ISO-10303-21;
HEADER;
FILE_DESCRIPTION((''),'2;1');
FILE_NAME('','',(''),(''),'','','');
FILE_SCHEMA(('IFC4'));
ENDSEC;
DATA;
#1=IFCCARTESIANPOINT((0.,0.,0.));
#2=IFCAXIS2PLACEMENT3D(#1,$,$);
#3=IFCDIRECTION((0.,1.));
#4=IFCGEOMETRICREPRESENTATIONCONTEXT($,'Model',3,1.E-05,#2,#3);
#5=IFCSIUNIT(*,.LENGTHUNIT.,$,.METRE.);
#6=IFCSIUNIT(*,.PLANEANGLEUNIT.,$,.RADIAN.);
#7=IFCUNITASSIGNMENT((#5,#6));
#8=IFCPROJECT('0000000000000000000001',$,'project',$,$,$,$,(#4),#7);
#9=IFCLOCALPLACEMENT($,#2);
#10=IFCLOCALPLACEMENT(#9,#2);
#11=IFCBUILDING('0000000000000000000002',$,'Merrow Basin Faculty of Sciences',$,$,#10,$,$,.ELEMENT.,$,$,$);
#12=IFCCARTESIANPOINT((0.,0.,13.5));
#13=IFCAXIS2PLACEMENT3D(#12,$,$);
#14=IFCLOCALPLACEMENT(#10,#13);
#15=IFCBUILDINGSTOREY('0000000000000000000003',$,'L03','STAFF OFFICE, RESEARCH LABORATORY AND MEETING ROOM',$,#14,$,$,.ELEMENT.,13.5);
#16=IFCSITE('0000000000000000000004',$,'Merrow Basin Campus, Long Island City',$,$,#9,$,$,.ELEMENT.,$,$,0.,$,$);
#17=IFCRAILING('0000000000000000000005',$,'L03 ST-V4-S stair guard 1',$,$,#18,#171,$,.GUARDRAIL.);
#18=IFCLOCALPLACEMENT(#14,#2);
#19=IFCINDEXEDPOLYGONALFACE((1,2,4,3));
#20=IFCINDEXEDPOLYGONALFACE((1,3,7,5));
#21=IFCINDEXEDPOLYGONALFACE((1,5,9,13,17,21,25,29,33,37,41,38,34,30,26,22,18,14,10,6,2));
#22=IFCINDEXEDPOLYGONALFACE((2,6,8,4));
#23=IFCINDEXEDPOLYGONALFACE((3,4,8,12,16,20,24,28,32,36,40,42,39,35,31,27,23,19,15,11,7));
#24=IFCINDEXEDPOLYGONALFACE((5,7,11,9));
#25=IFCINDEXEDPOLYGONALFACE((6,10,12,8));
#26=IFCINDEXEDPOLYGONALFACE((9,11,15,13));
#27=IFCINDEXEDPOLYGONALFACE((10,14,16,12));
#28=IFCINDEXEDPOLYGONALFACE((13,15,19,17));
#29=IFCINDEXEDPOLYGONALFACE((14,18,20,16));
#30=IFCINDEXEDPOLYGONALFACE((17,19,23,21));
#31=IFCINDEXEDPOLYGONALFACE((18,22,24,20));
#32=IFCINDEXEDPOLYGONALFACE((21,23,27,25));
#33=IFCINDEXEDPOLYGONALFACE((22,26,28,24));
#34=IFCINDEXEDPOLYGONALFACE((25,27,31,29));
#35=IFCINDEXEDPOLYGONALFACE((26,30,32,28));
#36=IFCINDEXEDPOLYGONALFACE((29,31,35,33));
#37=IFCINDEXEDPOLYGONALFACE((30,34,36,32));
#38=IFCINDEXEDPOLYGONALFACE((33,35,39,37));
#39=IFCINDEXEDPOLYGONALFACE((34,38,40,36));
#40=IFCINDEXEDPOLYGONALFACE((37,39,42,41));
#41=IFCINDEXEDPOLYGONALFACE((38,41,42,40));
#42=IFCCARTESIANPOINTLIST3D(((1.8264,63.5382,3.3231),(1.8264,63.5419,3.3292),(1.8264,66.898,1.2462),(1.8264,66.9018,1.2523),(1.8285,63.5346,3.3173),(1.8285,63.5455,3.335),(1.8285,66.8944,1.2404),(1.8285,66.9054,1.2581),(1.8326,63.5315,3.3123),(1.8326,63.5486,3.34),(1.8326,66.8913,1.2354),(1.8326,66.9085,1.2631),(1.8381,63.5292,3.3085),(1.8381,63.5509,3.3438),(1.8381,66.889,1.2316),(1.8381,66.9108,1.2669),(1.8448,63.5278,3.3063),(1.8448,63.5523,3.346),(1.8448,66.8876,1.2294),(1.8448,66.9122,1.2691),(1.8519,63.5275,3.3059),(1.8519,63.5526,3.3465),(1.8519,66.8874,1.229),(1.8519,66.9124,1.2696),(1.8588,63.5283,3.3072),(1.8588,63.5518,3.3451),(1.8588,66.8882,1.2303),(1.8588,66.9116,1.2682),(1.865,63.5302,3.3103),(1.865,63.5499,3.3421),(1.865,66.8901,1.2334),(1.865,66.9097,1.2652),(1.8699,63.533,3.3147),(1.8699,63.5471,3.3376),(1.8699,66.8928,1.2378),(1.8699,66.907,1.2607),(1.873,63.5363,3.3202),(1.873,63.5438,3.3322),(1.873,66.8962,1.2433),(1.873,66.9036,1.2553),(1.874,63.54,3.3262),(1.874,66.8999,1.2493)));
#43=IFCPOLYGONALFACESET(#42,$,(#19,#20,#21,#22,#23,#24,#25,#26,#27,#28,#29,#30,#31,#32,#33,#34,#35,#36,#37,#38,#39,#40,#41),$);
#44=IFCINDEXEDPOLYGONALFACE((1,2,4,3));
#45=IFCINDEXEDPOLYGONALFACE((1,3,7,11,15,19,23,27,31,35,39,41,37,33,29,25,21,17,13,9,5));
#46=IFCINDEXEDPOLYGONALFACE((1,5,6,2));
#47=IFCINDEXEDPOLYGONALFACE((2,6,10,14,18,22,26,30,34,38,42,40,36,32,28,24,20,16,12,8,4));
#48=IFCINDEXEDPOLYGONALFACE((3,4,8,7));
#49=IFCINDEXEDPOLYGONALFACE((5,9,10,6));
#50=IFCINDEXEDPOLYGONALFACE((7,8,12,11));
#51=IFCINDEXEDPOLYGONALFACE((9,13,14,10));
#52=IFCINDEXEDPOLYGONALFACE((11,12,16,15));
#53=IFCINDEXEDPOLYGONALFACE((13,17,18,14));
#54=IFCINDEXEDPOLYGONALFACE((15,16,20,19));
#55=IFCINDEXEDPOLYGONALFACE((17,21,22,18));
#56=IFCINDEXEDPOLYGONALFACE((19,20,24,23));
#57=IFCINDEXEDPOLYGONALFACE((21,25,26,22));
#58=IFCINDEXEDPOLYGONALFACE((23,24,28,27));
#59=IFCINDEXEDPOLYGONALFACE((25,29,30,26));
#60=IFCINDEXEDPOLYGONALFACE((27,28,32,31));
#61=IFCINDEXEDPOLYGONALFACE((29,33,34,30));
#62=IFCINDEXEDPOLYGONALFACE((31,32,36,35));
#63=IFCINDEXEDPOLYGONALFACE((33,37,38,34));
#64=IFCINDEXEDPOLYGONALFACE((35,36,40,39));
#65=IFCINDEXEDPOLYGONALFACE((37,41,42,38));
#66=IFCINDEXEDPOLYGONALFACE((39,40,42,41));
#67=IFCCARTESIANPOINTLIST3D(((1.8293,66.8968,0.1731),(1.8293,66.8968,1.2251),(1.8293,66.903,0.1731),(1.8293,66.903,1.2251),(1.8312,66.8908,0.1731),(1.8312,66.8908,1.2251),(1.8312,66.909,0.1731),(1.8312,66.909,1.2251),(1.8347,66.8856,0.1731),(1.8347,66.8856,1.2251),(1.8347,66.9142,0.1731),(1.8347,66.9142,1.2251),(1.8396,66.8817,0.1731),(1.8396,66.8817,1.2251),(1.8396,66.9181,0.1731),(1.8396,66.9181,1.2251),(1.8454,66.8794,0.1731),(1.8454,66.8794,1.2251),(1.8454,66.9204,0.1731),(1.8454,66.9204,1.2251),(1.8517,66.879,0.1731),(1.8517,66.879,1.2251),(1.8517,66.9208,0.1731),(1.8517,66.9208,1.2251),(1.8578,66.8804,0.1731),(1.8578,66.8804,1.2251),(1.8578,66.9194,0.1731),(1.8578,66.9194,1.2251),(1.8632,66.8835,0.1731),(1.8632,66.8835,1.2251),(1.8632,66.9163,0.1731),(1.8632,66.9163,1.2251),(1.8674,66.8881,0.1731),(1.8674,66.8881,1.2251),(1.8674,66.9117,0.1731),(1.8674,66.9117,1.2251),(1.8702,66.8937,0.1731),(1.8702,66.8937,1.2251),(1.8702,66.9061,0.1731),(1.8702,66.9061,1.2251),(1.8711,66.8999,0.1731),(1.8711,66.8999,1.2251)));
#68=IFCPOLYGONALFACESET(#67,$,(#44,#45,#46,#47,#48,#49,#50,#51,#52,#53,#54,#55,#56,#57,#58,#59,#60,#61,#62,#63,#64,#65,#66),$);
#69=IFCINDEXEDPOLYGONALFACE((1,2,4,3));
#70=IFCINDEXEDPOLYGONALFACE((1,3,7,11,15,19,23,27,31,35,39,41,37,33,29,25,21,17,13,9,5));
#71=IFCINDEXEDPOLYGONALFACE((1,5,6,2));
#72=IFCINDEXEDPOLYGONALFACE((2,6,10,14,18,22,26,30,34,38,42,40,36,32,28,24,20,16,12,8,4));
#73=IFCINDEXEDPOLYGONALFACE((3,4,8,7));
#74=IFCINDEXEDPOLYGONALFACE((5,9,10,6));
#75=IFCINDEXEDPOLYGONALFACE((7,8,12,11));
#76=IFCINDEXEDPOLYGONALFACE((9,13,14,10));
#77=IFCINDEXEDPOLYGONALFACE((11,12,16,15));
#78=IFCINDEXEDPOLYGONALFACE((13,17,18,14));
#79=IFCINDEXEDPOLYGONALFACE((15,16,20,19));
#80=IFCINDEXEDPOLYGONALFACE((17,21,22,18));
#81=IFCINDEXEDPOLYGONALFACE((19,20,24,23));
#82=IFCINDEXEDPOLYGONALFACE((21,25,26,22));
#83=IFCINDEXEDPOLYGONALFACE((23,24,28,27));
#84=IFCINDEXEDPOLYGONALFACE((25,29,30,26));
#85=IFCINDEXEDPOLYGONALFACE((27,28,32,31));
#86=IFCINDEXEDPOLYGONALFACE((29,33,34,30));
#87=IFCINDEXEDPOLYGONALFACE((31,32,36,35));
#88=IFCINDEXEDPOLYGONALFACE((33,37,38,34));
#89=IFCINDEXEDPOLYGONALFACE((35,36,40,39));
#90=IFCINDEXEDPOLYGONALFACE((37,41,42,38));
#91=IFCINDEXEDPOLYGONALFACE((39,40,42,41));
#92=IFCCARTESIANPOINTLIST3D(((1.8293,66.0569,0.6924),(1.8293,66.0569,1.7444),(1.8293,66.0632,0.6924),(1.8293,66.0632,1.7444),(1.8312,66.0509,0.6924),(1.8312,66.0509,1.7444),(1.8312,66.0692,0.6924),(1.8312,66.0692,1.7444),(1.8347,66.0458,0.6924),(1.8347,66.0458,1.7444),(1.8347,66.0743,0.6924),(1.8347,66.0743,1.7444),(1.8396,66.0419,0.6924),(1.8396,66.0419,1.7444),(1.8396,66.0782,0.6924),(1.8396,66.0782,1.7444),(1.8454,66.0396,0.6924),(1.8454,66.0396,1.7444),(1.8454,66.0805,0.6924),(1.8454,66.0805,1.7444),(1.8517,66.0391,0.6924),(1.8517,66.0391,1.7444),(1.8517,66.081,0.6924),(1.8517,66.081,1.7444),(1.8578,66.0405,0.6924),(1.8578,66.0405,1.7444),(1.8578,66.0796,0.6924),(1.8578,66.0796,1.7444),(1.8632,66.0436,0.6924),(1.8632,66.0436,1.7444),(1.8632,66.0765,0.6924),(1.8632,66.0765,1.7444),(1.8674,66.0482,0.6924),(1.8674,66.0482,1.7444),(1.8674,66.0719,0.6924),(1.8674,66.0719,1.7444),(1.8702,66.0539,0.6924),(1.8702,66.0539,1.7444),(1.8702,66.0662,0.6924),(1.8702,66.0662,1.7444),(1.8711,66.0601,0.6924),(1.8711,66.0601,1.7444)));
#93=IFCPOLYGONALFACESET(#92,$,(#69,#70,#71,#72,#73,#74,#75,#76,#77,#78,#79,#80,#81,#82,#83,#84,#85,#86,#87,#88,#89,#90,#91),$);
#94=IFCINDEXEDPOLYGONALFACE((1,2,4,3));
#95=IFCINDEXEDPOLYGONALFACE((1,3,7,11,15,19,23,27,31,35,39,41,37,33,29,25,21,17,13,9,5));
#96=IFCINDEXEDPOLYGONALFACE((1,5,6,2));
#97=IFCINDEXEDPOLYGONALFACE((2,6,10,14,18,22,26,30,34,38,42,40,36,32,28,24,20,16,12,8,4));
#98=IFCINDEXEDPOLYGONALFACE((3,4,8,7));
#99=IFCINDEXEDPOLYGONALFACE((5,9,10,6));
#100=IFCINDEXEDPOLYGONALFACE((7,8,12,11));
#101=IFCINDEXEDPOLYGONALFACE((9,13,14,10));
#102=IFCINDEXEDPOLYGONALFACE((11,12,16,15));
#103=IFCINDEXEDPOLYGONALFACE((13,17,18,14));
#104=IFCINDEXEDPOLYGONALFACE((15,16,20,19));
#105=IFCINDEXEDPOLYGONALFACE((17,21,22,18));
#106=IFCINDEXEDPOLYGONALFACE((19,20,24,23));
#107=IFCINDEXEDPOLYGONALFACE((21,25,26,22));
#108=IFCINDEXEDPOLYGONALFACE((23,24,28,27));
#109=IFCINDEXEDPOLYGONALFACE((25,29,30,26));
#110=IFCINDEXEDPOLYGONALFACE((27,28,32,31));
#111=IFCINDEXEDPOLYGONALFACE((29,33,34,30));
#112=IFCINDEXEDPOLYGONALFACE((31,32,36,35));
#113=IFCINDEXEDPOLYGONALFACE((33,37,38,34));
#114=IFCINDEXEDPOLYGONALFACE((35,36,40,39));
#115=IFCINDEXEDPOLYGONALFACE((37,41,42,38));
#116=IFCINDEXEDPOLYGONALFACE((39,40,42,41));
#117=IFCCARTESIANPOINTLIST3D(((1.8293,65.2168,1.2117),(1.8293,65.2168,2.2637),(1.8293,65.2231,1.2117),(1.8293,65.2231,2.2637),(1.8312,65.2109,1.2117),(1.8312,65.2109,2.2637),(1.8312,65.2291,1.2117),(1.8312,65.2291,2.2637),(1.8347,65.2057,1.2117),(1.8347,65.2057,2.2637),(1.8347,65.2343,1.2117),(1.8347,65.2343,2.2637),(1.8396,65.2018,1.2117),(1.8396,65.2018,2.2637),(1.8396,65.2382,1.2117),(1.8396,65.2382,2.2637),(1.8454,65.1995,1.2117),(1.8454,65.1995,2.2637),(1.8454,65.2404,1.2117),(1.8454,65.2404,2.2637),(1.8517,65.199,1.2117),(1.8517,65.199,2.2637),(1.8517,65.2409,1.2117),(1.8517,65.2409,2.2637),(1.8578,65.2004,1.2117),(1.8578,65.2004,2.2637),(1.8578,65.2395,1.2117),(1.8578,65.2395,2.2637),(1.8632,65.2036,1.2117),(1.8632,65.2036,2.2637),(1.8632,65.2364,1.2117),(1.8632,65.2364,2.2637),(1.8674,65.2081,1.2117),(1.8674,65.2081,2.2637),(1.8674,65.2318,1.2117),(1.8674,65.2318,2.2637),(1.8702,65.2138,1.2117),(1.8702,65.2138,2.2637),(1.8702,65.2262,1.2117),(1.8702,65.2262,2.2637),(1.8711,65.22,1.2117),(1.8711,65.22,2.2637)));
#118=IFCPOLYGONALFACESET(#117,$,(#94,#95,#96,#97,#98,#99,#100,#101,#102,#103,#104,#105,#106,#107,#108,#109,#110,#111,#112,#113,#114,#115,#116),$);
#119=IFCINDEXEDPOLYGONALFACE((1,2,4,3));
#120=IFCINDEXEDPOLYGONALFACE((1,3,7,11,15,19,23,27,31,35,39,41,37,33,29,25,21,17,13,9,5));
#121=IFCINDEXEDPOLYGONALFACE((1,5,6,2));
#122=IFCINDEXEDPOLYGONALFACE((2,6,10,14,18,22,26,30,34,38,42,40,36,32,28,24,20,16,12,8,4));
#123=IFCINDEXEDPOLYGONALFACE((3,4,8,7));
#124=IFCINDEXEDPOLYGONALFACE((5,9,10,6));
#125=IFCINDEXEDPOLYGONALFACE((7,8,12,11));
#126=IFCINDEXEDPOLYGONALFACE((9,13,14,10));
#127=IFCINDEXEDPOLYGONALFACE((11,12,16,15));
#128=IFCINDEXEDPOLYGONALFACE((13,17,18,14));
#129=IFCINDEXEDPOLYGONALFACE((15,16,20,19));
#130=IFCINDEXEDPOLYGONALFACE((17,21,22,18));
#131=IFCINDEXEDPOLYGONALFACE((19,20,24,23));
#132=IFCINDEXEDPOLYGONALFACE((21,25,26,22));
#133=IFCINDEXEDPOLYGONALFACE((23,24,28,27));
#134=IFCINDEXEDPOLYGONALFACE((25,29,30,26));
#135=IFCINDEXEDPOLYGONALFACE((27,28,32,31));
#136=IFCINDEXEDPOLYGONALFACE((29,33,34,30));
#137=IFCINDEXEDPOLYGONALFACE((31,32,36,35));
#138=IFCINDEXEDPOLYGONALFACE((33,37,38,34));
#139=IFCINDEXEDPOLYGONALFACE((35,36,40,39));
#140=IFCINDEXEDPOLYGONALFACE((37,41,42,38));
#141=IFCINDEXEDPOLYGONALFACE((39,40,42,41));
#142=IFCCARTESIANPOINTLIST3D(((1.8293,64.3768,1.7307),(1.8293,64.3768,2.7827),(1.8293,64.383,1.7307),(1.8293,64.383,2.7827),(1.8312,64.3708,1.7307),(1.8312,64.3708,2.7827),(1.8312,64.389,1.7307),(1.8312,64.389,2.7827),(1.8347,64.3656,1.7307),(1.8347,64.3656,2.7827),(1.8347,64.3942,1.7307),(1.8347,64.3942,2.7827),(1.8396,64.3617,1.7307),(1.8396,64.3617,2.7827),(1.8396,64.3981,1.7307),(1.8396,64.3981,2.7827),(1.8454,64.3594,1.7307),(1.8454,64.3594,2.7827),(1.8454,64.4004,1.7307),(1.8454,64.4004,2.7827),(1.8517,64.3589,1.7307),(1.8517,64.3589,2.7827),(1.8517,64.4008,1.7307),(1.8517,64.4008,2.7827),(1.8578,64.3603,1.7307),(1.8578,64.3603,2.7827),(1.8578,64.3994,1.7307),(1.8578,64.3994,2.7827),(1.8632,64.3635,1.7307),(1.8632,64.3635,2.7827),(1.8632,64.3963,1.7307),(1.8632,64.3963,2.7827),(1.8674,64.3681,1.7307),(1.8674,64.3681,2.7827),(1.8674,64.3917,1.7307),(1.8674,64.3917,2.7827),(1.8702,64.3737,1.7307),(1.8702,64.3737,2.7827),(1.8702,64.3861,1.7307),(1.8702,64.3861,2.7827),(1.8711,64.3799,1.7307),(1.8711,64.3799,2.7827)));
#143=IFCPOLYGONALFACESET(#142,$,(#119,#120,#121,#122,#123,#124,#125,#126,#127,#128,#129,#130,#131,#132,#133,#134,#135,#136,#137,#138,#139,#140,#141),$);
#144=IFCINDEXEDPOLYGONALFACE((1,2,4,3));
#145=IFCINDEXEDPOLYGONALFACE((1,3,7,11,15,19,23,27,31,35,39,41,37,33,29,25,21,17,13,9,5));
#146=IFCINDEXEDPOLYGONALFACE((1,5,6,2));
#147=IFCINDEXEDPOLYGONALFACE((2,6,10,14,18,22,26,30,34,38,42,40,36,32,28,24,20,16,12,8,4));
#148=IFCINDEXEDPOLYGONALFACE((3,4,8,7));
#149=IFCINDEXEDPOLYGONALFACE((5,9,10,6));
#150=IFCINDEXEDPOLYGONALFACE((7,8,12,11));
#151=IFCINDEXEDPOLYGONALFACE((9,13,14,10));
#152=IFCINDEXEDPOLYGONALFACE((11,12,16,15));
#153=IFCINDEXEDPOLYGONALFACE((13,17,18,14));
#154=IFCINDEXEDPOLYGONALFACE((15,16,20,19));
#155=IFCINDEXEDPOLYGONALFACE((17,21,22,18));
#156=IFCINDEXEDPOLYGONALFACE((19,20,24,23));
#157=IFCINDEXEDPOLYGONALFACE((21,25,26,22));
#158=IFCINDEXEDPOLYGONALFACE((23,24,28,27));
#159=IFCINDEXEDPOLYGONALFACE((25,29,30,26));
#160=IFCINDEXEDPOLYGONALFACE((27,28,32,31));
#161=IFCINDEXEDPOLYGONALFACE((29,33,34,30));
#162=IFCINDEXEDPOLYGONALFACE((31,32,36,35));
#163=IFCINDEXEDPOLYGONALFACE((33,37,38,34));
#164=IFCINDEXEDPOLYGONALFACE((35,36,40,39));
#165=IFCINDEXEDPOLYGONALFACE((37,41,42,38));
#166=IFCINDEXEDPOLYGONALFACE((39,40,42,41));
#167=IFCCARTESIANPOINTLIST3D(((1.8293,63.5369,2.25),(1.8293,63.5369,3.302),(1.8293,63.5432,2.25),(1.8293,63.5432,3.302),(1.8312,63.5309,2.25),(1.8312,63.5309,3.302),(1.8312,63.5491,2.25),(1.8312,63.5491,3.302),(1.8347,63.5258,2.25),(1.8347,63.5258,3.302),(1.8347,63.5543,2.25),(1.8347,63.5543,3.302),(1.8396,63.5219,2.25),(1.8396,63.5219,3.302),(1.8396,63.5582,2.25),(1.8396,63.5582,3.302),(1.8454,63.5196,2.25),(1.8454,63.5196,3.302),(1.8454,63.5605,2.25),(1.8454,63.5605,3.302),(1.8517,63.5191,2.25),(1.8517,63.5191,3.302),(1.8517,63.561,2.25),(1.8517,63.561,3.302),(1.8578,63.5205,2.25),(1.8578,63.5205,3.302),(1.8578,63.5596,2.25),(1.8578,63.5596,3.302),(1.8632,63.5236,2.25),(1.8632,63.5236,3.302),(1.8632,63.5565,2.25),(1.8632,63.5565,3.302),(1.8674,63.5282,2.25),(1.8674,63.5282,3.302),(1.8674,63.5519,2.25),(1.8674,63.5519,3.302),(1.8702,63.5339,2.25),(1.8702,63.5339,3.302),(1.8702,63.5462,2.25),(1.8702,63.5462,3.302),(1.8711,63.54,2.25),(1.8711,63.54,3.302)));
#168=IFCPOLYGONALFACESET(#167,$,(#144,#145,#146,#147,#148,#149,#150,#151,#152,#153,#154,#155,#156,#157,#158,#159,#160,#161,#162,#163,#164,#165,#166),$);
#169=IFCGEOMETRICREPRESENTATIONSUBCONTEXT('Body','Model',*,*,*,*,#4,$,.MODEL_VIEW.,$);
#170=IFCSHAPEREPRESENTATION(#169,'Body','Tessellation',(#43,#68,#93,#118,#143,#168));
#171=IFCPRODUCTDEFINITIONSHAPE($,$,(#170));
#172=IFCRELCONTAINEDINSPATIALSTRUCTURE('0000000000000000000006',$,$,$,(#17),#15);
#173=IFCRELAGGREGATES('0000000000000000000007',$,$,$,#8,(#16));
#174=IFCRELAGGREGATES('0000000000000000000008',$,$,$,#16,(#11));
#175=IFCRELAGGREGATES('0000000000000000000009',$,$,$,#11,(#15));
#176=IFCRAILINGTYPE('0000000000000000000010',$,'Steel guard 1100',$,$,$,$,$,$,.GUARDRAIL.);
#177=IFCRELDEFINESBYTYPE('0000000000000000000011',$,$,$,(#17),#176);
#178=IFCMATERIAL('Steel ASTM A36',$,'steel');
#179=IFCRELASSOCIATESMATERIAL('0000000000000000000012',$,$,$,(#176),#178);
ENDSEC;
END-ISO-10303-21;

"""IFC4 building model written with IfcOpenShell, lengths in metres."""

from ifc_helpers import new_model, si_unit, direction, frame, origin, origin_2d, place, context, subcontext, project, spatial, circle, extrude, material, type_object, element, save


model = new_model("IFC4")

# Units and contexts
model_context = context("Model", 3, precision=1e-05, world=origin(), true_north=direction((0.0, 1.0)))
body_context = subcontext(model_context, "Body", "Model", "MODEL_VIEW")
ifc_project = project(units=[si_unit("LENGTHUNIT", "METRE"), si_unit("PLANEANGLEUNIT", "RADIAN")], contexts=[model_context])

# Site, building, storey
site_placement = place(None, origin())
site = spatial("IfcSite", under=ifc_project, at=site_placement, Name="Merrow Basin Campus, Long Island City", CompositionType="ELEMENT", RefElevation=0.0)
building_placement = place(site_placement, origin())
building = spatial("IfcBuilding", under=site, at=building_placement, Name="Merrow Basin Faculty of Sciences", CompositionType="ELEMENT")
storey_placement = place(building_placement, frame((0.0, 0.0, 13.5)))
storey = spatial("IfcBuildingStorey", under=building, at=storey_placement, Name="L03", Description="STAFF OFFICE, RESEARCH LABORATORY AND MEETING ROOM", CompositionType="ELEMENT", Elevation=13.5)

# Railing
ifc_material_1 = material(Name="Steel ASTM A36", Category="steel")
railing_type_1 = type_object("IfcRailingType", Name="Steel guard 1100", PredefinedType="GUARDRAIL", material=ifc_material_1)
railing_1_placement = place(storey_placement, frame((1.8501, 66.8999, 0.1731)))
element("IfcRailing", 1, at=railing_1_placement, inside=storey, type_object=railing_type_1, Name="L03 ST-V4-S stair guard 1", PredefinedType="GUARDRAIL", context=body_context, shape_type="SweptSolid", body=[
    extrude(circle(Radius=0.0239, at=origin_2d()), frame((0.0, 0.0, 1.0762), z_axis=(0.0, -0.850606, 0.525803), x_axis=(1.0, 0.0, 0.0)), (0.0, 0.0, 1.0), 3.95),
    extrude(circle(Radius=0.021, at=origin_2d()), origin(), (0.0, 0.0, 1.0), 1.052),
    extrude(circle(Radius=0.021, at=origin_2d()), frame((0.0, -0.8398, 0.5193)), (0.0, 0.0, 1.0), 1.052),
    extrude(circle(Radius=0.021, at=origin_2d()), frame((0.0, -1.6799, 1.0386)), (0.0, 0.0, 1.0), 1.052),
    extrude(circle(Radius=0.021, at=origin_2d()), frame((0.0, -2.52, 1.5576)), (0.0, 0.0, 1.0), 1.052),
    extrude(circle(Radius=0.021, at=origin_2d()), frame((0.0, -3.3599, 2.0769)), (0.0, 0.0, 1.0), 1.052),
])

save(model, "model.ifc")
